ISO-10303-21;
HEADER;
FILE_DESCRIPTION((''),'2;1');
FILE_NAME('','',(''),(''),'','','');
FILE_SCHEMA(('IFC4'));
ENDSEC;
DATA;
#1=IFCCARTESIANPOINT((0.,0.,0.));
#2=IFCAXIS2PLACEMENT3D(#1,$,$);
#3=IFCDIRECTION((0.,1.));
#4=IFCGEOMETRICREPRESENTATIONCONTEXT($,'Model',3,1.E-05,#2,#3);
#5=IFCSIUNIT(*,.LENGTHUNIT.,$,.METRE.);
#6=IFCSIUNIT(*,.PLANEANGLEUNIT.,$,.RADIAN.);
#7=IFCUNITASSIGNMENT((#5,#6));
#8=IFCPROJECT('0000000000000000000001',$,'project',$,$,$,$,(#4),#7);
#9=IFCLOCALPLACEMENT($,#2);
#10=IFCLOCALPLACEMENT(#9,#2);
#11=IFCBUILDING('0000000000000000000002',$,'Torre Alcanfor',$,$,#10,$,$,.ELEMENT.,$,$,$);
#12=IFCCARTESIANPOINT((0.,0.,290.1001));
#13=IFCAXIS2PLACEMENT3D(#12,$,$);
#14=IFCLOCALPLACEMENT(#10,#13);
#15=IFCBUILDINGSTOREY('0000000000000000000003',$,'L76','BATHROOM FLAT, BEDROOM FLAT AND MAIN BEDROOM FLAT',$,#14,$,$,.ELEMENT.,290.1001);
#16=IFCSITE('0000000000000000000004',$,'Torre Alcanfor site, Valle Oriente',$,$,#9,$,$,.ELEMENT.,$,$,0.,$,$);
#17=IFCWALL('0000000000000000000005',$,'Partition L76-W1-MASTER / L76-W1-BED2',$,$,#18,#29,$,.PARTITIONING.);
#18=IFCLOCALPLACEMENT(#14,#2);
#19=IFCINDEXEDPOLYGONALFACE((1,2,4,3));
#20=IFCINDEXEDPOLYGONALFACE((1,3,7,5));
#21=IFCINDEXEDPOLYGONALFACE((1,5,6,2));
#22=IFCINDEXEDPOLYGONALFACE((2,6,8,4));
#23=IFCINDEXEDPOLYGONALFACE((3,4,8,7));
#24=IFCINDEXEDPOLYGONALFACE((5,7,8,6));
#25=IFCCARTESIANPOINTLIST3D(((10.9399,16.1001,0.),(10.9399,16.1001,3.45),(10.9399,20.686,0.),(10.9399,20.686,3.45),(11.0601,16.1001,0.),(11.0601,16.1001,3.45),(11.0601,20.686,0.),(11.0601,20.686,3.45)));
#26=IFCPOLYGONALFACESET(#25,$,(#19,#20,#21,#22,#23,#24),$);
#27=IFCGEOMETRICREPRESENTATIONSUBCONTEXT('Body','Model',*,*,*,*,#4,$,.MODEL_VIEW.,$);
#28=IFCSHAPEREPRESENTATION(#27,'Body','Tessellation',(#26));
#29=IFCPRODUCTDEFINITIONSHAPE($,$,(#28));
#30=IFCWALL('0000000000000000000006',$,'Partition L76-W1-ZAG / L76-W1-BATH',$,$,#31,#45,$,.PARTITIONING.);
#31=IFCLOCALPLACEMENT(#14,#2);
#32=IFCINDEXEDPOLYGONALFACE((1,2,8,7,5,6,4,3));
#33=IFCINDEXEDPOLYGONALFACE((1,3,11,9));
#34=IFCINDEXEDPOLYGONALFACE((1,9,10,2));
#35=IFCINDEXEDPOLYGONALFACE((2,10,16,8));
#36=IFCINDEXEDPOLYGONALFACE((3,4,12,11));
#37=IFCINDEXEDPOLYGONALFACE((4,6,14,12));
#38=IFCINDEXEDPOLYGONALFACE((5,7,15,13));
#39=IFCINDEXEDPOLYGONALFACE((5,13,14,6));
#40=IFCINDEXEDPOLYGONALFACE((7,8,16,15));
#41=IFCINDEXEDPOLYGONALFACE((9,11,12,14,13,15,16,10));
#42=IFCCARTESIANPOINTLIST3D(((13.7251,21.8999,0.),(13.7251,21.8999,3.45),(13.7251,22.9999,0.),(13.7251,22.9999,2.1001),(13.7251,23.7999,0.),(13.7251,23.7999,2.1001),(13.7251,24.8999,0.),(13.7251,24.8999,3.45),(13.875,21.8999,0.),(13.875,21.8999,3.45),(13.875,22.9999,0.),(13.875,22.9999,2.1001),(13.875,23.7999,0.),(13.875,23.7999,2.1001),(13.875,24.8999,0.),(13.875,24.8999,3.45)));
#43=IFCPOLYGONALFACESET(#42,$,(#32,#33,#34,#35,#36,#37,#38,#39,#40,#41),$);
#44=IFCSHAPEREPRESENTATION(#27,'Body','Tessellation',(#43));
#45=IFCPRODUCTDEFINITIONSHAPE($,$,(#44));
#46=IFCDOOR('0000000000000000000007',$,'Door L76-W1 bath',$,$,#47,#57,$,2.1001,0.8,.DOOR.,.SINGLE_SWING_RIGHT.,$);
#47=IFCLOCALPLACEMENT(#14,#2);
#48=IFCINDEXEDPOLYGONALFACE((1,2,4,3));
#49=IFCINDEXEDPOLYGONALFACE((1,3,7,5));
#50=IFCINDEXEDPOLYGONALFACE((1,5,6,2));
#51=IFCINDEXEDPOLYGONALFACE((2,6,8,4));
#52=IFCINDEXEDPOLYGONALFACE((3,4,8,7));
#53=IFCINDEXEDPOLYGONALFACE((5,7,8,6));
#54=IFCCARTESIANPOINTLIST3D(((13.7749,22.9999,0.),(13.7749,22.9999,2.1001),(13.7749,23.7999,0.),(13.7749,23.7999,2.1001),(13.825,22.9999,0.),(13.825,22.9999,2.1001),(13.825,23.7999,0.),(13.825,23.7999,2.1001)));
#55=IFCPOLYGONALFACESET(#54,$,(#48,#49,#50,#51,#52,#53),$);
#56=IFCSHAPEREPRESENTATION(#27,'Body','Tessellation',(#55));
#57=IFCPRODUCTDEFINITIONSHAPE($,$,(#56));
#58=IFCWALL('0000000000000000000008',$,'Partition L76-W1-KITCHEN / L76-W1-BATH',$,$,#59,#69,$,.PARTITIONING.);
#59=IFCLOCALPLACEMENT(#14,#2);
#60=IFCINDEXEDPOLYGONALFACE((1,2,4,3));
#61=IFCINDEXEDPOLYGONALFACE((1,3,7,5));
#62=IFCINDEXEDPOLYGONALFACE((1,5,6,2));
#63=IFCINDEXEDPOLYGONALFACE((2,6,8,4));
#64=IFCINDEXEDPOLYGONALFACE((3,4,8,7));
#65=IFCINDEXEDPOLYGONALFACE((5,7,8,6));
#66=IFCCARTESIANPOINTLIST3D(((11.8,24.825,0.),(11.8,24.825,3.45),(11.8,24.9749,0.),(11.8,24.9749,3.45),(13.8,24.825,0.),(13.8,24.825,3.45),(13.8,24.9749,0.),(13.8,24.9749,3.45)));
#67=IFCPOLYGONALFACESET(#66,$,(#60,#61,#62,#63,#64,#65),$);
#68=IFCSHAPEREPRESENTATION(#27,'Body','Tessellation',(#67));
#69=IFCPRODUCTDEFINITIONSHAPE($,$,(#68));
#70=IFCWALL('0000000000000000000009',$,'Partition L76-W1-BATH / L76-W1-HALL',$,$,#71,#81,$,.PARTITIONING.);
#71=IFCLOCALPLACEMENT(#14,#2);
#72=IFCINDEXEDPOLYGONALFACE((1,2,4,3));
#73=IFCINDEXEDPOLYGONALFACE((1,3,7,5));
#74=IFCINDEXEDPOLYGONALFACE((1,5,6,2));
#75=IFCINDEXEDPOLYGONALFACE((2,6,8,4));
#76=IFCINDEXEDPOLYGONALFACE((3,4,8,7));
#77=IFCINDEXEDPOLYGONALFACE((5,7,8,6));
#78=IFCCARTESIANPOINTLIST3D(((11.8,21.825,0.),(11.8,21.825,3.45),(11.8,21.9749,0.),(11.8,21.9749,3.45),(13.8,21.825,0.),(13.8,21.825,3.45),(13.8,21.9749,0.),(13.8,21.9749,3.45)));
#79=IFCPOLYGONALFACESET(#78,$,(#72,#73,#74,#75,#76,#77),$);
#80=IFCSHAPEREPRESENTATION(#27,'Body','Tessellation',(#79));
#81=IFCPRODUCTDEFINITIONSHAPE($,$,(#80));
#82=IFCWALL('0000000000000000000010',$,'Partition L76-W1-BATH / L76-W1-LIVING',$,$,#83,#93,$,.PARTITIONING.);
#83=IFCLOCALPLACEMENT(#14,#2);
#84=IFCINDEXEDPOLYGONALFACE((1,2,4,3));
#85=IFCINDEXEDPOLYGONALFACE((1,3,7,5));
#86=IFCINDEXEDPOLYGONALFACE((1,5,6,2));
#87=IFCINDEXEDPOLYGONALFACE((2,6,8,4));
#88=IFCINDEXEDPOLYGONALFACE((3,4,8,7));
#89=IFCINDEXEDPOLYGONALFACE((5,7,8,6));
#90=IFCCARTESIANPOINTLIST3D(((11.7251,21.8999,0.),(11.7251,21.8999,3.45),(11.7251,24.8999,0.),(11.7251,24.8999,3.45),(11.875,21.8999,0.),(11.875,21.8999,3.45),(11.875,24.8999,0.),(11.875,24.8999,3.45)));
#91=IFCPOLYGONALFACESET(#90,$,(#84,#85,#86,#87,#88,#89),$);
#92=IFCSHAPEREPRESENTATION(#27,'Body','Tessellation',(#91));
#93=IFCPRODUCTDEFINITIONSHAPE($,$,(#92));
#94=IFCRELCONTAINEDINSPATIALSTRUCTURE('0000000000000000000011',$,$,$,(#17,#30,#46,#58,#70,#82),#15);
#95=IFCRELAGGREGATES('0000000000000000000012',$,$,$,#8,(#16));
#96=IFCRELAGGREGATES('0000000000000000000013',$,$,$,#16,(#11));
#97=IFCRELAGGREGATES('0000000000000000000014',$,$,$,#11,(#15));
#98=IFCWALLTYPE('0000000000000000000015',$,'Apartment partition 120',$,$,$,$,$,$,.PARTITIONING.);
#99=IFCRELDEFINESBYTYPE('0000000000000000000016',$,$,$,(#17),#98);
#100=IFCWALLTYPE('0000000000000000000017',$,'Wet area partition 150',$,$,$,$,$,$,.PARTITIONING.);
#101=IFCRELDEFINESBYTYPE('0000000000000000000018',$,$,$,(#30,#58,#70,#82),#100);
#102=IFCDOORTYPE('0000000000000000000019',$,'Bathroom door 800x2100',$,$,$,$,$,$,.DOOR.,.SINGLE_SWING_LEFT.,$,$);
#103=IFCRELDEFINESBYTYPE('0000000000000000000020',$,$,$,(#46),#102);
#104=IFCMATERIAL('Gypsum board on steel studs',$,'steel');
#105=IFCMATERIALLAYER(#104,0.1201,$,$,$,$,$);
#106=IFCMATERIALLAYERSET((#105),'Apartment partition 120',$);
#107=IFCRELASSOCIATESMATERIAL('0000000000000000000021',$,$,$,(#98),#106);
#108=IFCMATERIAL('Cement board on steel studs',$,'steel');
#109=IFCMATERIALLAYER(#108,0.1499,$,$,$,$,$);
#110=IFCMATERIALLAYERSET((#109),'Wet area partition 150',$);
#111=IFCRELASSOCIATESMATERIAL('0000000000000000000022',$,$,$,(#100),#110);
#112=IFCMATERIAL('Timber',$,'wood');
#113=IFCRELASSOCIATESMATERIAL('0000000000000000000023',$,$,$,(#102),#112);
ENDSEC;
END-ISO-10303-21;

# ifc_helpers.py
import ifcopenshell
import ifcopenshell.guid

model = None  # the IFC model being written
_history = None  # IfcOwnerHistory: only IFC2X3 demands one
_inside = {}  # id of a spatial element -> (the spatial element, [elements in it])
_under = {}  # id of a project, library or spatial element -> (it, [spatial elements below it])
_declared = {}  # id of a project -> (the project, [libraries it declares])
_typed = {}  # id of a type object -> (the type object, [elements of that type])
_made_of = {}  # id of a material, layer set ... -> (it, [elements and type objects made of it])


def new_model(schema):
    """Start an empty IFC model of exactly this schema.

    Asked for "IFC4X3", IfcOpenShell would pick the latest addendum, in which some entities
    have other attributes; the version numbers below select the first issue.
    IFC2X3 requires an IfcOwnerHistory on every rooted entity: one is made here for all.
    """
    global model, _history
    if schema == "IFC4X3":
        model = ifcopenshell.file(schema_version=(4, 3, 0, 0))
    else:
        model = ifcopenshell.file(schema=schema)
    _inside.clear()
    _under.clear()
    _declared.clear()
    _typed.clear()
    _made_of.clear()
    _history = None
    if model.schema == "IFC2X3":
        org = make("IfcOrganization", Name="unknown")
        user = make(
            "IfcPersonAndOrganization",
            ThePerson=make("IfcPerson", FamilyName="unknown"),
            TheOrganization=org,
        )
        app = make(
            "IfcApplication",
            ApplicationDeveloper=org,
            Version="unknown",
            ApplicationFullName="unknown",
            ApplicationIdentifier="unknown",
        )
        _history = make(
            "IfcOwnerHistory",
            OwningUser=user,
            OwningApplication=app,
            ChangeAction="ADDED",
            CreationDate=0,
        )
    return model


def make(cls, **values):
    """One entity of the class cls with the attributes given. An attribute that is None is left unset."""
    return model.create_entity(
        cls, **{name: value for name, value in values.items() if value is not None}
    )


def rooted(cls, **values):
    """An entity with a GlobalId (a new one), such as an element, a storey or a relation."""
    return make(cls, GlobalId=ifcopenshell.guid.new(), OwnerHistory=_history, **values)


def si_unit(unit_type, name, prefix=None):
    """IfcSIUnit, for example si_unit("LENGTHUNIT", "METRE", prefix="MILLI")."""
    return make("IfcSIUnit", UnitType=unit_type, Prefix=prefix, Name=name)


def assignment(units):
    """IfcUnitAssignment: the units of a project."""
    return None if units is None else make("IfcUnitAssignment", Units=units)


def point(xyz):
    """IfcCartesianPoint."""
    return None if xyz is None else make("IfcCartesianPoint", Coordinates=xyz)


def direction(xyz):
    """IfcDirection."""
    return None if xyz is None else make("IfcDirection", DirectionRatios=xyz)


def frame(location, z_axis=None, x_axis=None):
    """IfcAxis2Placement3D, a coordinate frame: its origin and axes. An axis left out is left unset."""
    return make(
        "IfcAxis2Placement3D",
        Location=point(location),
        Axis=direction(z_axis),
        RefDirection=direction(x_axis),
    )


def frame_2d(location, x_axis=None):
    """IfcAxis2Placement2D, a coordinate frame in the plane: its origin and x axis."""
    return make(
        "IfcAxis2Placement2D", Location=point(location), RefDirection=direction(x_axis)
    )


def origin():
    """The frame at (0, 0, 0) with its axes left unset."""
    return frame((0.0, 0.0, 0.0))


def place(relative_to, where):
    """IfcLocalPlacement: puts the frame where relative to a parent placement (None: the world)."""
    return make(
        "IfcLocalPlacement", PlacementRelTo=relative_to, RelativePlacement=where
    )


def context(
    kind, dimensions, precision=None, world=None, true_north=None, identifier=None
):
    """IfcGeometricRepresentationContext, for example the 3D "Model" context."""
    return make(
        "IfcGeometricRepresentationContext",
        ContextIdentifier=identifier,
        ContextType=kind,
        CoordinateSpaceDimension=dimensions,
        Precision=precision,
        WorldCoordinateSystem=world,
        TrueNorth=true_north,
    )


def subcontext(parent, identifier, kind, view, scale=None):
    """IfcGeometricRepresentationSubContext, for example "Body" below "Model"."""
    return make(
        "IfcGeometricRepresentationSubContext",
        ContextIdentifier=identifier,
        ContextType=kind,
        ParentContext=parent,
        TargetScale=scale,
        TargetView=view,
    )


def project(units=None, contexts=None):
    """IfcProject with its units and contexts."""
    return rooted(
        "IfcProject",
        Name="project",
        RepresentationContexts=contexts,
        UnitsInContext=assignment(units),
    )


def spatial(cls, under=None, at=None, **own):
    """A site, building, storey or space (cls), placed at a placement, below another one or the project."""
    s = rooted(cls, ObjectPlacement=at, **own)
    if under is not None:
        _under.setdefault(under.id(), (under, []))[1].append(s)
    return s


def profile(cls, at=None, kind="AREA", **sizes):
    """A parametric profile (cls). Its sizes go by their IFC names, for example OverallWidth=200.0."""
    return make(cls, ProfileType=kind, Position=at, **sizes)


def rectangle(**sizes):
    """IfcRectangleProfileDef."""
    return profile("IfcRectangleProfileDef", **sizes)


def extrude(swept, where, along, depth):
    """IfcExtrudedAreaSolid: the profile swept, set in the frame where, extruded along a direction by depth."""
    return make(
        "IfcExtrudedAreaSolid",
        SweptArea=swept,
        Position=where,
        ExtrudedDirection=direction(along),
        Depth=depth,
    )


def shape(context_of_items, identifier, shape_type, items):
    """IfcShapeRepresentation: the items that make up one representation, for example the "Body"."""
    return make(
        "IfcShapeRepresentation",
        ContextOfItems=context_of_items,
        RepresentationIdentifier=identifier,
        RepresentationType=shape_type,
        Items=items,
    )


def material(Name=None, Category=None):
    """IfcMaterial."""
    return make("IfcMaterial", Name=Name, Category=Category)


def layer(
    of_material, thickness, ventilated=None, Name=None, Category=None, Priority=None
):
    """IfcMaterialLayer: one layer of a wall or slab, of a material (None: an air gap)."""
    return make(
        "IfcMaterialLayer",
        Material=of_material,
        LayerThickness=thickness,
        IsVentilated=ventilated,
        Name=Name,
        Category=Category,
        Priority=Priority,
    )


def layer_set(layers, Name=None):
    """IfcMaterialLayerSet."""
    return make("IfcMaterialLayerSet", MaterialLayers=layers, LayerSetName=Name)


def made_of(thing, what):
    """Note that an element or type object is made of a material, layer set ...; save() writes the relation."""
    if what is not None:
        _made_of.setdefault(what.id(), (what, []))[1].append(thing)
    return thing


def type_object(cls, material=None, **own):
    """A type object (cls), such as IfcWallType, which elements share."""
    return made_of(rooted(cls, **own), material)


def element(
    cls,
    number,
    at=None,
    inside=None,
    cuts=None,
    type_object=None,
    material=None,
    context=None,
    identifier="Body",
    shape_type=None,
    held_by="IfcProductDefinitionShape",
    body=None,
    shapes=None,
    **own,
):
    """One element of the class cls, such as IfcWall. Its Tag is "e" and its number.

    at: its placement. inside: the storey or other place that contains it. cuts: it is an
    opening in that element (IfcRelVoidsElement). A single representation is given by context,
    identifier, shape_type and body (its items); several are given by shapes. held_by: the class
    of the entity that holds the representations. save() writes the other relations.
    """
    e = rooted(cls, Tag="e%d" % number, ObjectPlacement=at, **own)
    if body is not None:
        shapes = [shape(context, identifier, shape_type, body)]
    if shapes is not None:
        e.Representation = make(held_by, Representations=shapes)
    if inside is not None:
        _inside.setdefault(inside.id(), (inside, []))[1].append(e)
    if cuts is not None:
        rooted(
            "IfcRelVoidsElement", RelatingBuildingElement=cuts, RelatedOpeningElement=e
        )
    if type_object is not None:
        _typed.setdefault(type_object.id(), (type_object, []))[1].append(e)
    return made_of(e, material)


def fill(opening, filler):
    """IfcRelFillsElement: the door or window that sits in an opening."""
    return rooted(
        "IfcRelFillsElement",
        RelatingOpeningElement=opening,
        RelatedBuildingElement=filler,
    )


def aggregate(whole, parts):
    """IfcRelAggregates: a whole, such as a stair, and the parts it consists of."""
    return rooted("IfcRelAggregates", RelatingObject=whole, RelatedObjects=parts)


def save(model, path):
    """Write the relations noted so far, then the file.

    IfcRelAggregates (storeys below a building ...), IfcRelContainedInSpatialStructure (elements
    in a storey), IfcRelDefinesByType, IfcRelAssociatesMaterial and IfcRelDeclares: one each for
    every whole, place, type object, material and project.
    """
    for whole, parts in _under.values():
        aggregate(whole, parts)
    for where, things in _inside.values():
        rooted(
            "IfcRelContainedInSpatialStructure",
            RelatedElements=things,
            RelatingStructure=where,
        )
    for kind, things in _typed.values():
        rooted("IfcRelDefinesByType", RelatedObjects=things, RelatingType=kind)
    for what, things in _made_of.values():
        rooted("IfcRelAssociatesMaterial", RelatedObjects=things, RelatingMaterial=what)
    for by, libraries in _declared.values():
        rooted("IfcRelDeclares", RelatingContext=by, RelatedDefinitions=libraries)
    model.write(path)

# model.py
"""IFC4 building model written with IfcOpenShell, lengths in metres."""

from ifc_helpers import new_model, si_unit, direction, frame, frame_2d, origin, place, context, subcontext, project, spatial, rectangle, extrude, material, layer, layer_set, type_object, element, fill, save


model = new_model("IFC4")

# Units and contexts
model_context = context("Model", 3, precision=1e-05, world=origin(), true_north=direction((0.0, 1.0)))
body_context = subcontext(model_context, "Body", "Model", "MODEL_VIEW")
ifc_project = project(units=[si_unit("LENGTHUNIT", "METRE"), si_unit("PLANEANGLEUNIT", "RADIAN")], contexts=[model_context])

# Site, building, storey
site_placement = place(None, origin())
site = spatial("IfcSite", under=ifc_project, at=site_placement, Name="Torre Alcanfor site, Valle Oriente", CompositionType="ELEMENT", RefElevation=0.0)
building_placement = place(site_placement, origin())
building = spatial("IfcBuilding", under=site, at=building_placement, Name="Torre Alcanfor", CompositionType="ELEMENT")
storey_placement = place(building_placement, frame((0.0, 0.0, 290.1001)))
storey = spatial("IfcBuildingStorey", under=building, at=storey_placement, Name="L76", Description="BATHROOM FLAT, BEDROOM FLAT AND MAIN BEDROOM FLAT", CompositionType="ELEMENT", Elevation=290.1001)

# Shared definitions
ifc_material_1 = material(Name="Gypsum board on steel studs", Category="steel")
ifc_layer_1 = layer(ifc_material_1, 0.1201)
ifc_layer_set_1 = layer_set([ifc_layer_1], Name="Apartment partition 120")
wall_type_1 = type_object("IfcWallType", Name="Apartment partition 120", PredefinedType="PARTITIONING", material=ifc_layer_set_1)

# Wall
wall_1_placement = place(storey_placement, frame((11.0, 20.686, 0.0), z_axis=(0.0, 0.0, 1.0), x_axis=(0.0, -1.0, 0.0)))
element("IfcWall", 1, at=wall_1_placement, inside=storey, type_object=wall_type_1, Name="Partition L76-W1-MASTER / L76-W1-BED2", PredefinedType="PARTITIONING", context=body_context, shape_type="SweptSolid", body=[
    extrude(rectangle(XDim=4.5859, YDim=0.1201, at=frame_2d((2.293, 0.0))), origin(), (0.0, 0.0, 1.0), 3.45),
])

# Wall, opening, door
ifc_material_2 = material(Name="Cement board on steel studs", Category="steel")
ifc_layer_2 = layer(ifc_material_2, 0.1499)
ifc_layer_set_2 = layer_set([ifc_layer_2], Name="Wet area partition 150")
wall_type_2 = type_object("IfcWallType", Name="Wet area partition 150", PredefinedType="PARTITIONING", material=ifc_layer_set_2)
wall_2_placement = place(storey_placement, frame((13.8, 24.8999, 0.0), z_axis=(0.0, 0.0, 1.0), x_axis=(0.0, -1.0, 0.0)))
wall_2 = element("IfcWall", 2, at=wall_2_placement, inside=storey, type_object=wall_type_2, Name="Partition L76-W1-ZAG / L76-W1-BATH", PredefinedType="PARTITIONING", context=body_context, shape_type="SweptSolid", body=[
    extrude(rectangle(XDim=3.0, YDim=0.1499, at=frame_2d((1.5, 0.0))), origin(), (0.0, 0.0, 1.0), 3.45),
])
opening_1_placement = place(wall_2_placement, frame((1.1001, 0.0, 0.0)))
opening_1 = element("IfcOpeningElement", 3, at=opening_1_placement, cuts=wall_2, PredefinedType="OPENING", context=body_context, shape_type="SweptSolid", body=[
    extrude(rectangle(XDim=0.8, YDim=2.1001, at=frame_2d((0.3999, 1.05))), frame((0.0, 0.085, 0.0), z_axis=(0.0, -1.0, 0.0), x_axis=(1.0, 0.0, 0.0)), (0.0, 0.0, 1.0), 0.1699),
])
ifc_material_3 = material(Name="Timber", Category="wood")
door_type_1 = type_object("IfcDoorType", Name="Bathroom door 800x2100", OperationType="SINGLE_SWING_LEFT", PredefinedType="DOOR", material=ifc_material_3)
door_1_placement = place(opening_1_placement, frame((0.8, 0.0, 0.0), z_axis=(0.0, 0.0, 1.0), x_axis=(-1.0, 0.0, 0.0)))
door_1 = element("IfcDoor", 4, at=door_1_placement, inside=storey, type_object=door_type_1, Name="Door L76-W1 bath", OperationType="SINGLE_SWING_RIGHT", OverallHeight=2.1001, OverallWidth=0.8, PredefinedType="DOOR", context=body_context, shape_type="SweptSolid", body=[
    extrude(rectangle(XDim=0.8, YDim=2.1001, at=frame_2d((0.4001, 1.05))), frame((0.0, 0.0251, 0.0), z_axis=(0.0, -1.0, 0.0), x_axis=(1.0, 0.0, 0.0)), (0.0, 0.0, 1.0), 0.05),
])
fill(opening_1, door_1)

# Walls
for number, where, z_axis, x_axis, name in (
    (5, (11.8, 24.8999, 0.0), (0.0, 0.0, 1.0), (1.0, 0.0, 0.0), "Partition L76-W1-KITCHEN / L76-W1-BATH"),
    (6, (11.8, 21.8999, 0.0), (0.0, 0.0, 1.0), (1.0, 0.0, 0.0), "Partition L76-W1-BATH / L76-W1-HALL"),
):
    element("IfcWall", number, at=place(storey_placement, frame(where, z_axis=z_axis, x_axis=x_axis)), inside=storey, type_object=wall_type_2, Name=name, PredefinedType="PARTITIONING", context=body_context, shape_type="SweptSolid", body=[
        extrude(rectangle(XDim=2.0, YDim=0.1499, at=frame_2d((1.0, 0.0))), origin(), (0.0, 0.0, 1.0), 3.45),
    ])
wall_3_placement = place(storey_placement, frame((11.8, 24.8999, 0.0), z_axis=(0.0, 0.0, 1.0), x_axis=(0.0, -1.0, 0.0)))
element("IfcWall", 7, at=wall_3_placement, inside=storey, type_object=wall_type_2, Name="Partition L76-W1-BATH / L76-W1-LIVING", PredefinedType="PARTITIONING", context=body_context, shape_type="SweptSolid", body=[
    extrude(rectangle(XDim=3.0, YDim=0.1499, at=frame_2d((1.5, 0.0))), origin(), (0.0, 0.0, 1.0), 3.45),
])

save(model, "model.ifc")
